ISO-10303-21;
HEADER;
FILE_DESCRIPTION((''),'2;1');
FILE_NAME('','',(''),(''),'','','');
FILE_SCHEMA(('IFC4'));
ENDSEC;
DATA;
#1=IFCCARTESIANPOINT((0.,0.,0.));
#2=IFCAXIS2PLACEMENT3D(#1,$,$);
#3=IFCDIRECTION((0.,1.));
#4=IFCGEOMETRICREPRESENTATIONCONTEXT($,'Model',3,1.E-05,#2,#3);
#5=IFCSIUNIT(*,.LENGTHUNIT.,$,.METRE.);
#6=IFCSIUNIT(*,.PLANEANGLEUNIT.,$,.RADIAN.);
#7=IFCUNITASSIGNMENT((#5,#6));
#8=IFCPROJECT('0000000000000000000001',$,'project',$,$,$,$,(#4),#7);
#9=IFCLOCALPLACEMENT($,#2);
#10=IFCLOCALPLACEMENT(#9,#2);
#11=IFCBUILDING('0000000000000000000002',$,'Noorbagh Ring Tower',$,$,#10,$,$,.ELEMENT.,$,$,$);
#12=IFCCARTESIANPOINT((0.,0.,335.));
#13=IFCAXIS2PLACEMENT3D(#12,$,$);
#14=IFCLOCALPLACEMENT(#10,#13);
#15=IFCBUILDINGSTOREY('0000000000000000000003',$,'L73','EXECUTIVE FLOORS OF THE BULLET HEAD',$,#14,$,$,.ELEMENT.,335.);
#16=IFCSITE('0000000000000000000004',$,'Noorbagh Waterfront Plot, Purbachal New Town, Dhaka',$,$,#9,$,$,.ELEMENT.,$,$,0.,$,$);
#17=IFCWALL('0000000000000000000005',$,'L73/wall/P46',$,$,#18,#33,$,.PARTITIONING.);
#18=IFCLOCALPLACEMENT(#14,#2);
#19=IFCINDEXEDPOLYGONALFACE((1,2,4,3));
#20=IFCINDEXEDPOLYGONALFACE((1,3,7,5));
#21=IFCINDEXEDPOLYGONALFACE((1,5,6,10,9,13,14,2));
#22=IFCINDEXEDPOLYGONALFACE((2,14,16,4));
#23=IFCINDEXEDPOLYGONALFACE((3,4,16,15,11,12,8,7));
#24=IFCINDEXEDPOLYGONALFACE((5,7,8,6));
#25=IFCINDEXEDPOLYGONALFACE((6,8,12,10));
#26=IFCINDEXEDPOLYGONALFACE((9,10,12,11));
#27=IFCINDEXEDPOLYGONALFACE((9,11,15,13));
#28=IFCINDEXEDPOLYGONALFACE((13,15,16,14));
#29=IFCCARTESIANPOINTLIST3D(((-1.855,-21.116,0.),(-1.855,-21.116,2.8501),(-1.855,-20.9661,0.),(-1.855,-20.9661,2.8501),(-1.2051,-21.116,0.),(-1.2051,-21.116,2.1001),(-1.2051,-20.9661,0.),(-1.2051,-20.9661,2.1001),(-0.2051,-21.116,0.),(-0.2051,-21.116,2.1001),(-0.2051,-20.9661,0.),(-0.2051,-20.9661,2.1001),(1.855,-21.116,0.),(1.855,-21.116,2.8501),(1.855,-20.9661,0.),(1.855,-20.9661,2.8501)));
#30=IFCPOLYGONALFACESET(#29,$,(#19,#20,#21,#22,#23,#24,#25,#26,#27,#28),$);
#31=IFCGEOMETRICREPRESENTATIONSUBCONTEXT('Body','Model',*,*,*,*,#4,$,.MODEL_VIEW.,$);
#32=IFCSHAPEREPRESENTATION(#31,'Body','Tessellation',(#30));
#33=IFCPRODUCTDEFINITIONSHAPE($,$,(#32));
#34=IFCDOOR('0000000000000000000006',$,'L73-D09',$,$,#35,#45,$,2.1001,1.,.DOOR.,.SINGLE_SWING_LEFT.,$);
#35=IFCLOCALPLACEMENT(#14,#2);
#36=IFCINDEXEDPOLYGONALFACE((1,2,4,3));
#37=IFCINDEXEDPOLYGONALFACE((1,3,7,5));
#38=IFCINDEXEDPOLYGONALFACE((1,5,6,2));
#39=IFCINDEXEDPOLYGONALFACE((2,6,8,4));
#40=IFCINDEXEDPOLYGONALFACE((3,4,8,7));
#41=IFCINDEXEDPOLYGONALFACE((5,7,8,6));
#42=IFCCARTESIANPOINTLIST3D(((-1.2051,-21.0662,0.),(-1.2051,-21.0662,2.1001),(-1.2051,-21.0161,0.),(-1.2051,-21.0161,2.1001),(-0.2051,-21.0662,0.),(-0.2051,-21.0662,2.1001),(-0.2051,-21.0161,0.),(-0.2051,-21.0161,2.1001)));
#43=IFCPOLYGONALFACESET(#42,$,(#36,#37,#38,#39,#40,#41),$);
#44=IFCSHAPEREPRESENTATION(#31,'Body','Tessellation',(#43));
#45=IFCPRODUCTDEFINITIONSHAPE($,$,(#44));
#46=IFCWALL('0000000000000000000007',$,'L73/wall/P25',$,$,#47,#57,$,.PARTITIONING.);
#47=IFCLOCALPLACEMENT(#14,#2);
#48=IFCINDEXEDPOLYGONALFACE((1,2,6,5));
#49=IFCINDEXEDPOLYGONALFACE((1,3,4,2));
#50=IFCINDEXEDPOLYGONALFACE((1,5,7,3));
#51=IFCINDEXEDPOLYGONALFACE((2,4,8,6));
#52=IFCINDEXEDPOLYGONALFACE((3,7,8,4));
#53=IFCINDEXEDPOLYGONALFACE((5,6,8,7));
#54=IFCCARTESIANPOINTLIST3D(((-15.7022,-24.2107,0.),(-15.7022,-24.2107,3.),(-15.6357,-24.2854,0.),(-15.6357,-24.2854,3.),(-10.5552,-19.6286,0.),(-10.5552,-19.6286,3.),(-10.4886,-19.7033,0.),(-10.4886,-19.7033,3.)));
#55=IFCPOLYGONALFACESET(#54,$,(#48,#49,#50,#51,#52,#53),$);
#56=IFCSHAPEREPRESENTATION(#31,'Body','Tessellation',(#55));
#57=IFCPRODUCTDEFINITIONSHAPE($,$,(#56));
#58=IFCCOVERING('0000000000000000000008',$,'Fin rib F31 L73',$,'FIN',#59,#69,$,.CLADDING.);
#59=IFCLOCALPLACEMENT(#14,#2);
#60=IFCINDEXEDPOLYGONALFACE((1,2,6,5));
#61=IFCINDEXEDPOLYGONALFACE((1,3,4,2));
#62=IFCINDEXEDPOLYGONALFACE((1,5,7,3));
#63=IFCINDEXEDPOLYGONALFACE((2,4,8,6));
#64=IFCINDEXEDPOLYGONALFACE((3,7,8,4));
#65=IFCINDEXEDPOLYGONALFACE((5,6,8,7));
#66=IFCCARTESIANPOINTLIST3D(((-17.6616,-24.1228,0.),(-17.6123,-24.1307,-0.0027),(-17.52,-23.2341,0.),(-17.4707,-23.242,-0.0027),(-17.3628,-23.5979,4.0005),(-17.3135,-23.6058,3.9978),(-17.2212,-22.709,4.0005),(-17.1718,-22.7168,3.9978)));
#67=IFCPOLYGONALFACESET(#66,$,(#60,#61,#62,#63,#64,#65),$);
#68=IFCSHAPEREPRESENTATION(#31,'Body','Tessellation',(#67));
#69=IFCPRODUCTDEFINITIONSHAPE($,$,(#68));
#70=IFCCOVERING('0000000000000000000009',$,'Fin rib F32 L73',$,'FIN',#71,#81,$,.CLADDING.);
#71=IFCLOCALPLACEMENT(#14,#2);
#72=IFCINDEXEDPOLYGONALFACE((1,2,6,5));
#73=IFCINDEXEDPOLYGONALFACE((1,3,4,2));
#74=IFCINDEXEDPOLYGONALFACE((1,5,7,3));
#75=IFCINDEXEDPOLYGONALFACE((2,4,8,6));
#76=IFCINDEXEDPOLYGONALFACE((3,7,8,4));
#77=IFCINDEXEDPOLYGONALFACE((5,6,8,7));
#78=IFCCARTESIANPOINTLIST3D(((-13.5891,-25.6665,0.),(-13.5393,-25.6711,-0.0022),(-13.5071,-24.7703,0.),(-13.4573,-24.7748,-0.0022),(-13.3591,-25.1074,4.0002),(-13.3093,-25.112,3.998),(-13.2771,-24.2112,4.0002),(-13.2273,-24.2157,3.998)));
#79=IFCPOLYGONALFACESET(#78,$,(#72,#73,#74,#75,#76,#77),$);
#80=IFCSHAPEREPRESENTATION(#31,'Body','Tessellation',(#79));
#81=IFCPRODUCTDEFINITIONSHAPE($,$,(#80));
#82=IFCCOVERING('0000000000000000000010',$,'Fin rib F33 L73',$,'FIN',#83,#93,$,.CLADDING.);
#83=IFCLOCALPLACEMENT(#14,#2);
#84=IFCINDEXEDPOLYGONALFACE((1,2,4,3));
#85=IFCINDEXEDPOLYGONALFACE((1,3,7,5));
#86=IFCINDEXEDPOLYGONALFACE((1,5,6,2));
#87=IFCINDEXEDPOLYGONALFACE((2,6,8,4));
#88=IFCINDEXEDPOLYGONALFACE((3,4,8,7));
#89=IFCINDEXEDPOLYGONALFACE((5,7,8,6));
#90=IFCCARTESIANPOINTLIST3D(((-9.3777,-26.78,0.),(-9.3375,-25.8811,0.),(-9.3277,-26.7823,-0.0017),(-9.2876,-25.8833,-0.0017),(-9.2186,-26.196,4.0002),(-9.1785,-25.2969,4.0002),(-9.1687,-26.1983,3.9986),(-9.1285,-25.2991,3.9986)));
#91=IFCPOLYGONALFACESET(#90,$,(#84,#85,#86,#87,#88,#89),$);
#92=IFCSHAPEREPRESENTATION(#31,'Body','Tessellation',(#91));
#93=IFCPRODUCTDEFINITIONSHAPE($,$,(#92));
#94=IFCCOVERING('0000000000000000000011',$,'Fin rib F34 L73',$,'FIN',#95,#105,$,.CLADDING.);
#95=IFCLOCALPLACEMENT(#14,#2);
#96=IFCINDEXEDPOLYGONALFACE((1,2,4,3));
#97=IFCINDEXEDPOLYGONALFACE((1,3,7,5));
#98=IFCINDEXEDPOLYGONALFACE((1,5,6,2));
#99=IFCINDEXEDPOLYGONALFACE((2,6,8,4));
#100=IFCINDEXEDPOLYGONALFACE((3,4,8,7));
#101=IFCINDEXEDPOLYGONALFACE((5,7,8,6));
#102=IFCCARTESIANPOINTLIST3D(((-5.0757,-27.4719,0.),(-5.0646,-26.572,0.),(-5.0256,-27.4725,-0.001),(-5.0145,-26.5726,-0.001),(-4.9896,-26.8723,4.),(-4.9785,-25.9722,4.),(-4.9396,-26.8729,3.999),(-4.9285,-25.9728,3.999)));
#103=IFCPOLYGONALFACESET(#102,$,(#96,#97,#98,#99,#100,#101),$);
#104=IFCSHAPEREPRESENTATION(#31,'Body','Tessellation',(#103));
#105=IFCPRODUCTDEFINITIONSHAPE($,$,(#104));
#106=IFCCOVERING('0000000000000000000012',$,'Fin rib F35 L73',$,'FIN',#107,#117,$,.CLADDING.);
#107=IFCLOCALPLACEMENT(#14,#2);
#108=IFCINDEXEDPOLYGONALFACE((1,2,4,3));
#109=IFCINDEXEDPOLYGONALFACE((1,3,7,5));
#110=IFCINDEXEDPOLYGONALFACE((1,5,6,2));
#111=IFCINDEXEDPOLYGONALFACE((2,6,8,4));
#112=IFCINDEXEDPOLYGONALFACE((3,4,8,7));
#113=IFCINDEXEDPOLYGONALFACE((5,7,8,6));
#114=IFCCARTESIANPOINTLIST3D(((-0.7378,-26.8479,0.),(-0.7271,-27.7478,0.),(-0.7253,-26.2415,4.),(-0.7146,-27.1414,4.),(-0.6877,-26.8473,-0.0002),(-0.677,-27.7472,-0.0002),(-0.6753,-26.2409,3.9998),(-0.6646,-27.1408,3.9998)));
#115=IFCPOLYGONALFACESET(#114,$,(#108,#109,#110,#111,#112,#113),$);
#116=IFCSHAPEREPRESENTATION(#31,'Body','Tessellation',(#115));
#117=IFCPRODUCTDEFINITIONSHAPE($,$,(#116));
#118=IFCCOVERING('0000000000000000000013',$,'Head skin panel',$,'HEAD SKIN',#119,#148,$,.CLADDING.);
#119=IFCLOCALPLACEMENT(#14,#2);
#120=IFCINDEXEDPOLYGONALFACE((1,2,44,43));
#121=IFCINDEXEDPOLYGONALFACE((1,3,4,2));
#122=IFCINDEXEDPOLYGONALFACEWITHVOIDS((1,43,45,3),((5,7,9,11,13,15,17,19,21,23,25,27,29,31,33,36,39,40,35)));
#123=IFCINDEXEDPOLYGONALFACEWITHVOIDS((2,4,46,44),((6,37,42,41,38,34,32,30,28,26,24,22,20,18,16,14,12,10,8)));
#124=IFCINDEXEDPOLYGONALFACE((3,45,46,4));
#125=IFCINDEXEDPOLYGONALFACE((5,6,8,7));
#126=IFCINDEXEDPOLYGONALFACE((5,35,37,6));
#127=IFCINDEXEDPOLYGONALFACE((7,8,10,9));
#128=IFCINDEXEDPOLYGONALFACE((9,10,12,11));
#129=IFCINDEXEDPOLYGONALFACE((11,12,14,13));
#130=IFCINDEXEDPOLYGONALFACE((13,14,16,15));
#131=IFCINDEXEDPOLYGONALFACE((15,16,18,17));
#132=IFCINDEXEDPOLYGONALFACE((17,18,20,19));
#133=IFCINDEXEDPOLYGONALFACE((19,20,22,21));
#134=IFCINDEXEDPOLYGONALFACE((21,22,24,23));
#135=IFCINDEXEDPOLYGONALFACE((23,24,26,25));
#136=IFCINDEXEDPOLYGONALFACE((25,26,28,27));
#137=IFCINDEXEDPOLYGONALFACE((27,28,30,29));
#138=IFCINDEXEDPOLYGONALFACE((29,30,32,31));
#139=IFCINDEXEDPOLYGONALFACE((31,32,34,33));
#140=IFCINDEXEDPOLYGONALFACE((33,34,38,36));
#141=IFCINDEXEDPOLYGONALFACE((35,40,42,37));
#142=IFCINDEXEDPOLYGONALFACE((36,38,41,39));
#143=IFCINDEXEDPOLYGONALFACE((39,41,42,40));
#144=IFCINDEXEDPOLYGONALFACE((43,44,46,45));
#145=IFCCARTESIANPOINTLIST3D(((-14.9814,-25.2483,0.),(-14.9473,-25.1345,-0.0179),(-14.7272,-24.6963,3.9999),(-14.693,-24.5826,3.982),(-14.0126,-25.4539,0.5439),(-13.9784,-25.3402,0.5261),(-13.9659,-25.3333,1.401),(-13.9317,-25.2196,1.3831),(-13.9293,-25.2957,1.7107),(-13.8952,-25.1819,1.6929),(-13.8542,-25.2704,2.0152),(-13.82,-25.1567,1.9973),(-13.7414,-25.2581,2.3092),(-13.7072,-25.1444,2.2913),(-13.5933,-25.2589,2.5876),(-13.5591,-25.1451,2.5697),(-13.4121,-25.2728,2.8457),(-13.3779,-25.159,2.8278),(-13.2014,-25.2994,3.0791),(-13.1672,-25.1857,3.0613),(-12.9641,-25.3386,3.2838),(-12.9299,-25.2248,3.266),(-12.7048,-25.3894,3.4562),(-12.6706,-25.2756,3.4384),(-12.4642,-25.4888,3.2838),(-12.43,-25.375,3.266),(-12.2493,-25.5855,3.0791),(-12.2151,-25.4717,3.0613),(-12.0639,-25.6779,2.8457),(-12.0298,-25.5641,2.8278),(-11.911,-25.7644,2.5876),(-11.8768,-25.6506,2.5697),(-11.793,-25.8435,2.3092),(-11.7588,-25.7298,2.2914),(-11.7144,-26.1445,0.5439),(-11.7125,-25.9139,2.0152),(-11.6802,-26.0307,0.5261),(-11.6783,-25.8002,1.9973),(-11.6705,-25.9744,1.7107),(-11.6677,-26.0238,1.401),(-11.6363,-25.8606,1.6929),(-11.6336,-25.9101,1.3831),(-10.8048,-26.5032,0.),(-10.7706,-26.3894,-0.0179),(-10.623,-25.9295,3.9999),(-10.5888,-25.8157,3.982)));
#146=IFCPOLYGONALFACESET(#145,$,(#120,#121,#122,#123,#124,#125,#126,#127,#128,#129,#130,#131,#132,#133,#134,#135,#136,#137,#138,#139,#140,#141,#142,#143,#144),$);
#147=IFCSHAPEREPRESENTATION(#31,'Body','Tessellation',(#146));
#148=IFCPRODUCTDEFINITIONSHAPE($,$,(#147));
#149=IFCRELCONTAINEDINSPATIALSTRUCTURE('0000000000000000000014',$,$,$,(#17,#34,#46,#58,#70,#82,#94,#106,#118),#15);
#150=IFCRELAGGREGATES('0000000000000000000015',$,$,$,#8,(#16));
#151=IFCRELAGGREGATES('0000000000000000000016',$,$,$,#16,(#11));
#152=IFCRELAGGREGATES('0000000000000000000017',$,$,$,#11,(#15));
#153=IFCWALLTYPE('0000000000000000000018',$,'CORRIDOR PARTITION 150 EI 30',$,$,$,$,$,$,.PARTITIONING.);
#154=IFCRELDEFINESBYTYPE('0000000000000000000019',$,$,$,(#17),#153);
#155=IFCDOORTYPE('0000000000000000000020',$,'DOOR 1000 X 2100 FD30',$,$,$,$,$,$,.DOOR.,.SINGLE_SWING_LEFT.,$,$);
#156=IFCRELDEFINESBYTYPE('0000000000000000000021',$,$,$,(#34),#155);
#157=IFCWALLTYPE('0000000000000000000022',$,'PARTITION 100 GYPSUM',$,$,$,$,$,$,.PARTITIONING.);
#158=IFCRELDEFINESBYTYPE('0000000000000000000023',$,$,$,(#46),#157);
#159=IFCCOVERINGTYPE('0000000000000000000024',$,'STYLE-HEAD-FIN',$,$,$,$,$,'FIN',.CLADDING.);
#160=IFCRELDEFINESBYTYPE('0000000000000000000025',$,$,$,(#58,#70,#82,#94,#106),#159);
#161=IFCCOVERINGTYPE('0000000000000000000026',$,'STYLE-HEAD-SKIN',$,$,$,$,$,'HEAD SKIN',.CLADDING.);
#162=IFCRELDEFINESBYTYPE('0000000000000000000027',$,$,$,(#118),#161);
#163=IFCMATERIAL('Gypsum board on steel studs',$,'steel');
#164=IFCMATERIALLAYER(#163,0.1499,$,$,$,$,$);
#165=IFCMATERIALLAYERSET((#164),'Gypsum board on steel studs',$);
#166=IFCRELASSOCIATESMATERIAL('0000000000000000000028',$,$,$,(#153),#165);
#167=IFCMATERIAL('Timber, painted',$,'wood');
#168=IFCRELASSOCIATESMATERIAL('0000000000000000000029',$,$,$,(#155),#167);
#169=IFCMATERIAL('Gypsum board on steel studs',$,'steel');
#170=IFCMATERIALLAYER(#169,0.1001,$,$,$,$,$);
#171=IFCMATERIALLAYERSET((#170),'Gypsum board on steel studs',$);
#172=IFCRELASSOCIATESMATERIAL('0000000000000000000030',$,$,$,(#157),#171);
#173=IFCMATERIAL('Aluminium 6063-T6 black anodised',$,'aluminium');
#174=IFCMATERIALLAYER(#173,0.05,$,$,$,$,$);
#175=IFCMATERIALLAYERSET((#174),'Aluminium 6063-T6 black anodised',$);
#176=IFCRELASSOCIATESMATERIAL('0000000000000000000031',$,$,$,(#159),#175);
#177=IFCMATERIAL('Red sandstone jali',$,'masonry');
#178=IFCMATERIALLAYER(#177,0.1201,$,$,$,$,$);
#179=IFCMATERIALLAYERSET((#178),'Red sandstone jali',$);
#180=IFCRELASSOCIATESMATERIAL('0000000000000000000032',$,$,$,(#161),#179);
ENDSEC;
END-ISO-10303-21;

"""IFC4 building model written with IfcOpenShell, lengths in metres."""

from ifc_helpers import new_model, si_unit, direction, frame, frame_2d, origin, place, context, subcontext, project, spatial, polyline, rectangle, outline, extrude, material, layer, layer_set, type_object, element, fill, save


model = new_model("IFC4")

# Units and contexts
model_context = context("Model", 3, precision=1e-05, world=origin(), true_north=direction((0.0, 1.0)))
body_context = subcontext(model_context, "Body", "Model", "MODEL_VIEW")
ifc_project = project(units=[si_unit("LENGTHUNIT", "METRE"), si_unit("PLANEANGLEUNIT", "RADIAN")], contexts=[model_context])

# Site, building, storey
site_placement = place(None, origin())
site = spatial("IfcSite", under=ifc_project, at=site_placement, Name="Noorbagh Waterfront Plot, Purbachal New Town, Dhaka", CompositionType="ELEMENT", RefElevation=0.0)
building_placement = place(site_placement, origin())
building = spatial("IfcBuilding", under=site, at=building_placement, Name="Noorbagh Ring Tower", CompositionType="ELEMENT")
storey_placement = place(building_placement, frame((0.0, 0.0, 335.0)))
storey = spatial("IfcBuildingStorey", under=building, at=storey_placement, Name="L73", Description="EXECUTIVE FLOORS OF THE BULLET HEAD", CompositionType="ELEMENT", Elevation=335.0)

# Shared definitions
ifc_material_1 = material(Name="Gypsum board on steel studs", Category="steel")
ifc_layer_1 = layer(ifc_material_1, 0.1499)
ifc_layer_set_1 = layer_set([ifc_layer_1], Name="Gypsum board on steel studs")
wall_type_1 = type_object("IfcWallType", Name="CORRIDOR PARTITION 150 EI 30", PredefinedType="PARTITIONING", material=ifc_layer_set_1)

# Wall, opening, door
wall_1_placement = place(storey_placement, frame((-1.855, -21.041, 0.0), z_axis=(0.0, 0.0, 1.0), x_axis=(1.0, 0.0, 0.0)))
wall_1 = element("IfcWall", 1, at=wall_1_placement, inside=storey, type_object=wall_type_1, Name="L73/wall/P46", PredefinedType="PARTITIONING", context=body_context, shape_type="SweptSolid", body=[
    extrude(rectangle(XDim=3.71, YDim=0.1499, at=frame_2d((1.855, 0.0))), origin(), (0.0, 0.0, 1.0), 2.8501),
])
opening_placement = place(wall_1_placement, frame((0.6499, 0.0, 0.0)))
opening = element("IfcOpeningElement", 2, at=opening_placement, cuts=wall_1, PredefinedType="OPENING", context=body_context, shape_type="SweptSolid", body=[
    extrude(rectangle(XDim=1.0, YDim=2.1001, at=frame_2d((0.5, 1.05))), frame((0.0, 0.085, 0.0), z_axis=(0.0, -1.0, 0.0), x_axis=(1.0, 0.0, 0.0)), (0.0, 0.0, 1.0), 0.1699),
])
ifc_material_2 = material(Name="Timber, painted", Category="wood")
door_type = type_object("IfcDoorType", Name="DOOR 1000 X 2100 FD30", OperationType="SINGLE_SWING_LEFT", PredefinedType="DOOR", material=ifc_material_2)
door_placement = place(opening_placement, origin())
door = element("IfcDoor", 3, at=door_placement, inside=storey, type_object=door_type, Name="L73-D09", OperationType="SINGLE_SWING_LEFT", OverallHeight=2.1001, OverallWidth=1.0, PredefinedType="DOOR", context=body_context, shape_type="SweptSolid", body=[
    extrude(rectangle(XDim=1.0, YDim=2.1001, at=frame_2d((0.5, 1.05))), frame((0.0, 0.0249, 0.0), z_axis=(0.0, -1.0, 0.0), x_axis=(1.0, 0.0, 0.0)), (0.0, 0.0, 1.0), 0.05),
])
fill(opening, door)

# Wall
ifc_material_3 = material(Name="Gypsum board on steel studs", Category="steel")
ifc_layer_2 = layer(ifc_material_3, 0.1001)
ifc_layer_set_2 = layer_set([ifc_layer_2], Name="Gypsum board on steel studs")
wall_type_2 = type_object("IfcWallType", Name="PARTITION 100 GYPSUM", PredefinedType="PARTITIONING", material=ifc_layer_set_2)
wall_2_placement = place(storey_placement, frame((-15.6689, -24.248, 0.0), z_axis=(0.0, 0.0, 1.0), x_axis=(0.746909, 0.664927, 0.0)))
element("IfcWall", 4, at=wall_2_placement, inside=storey, type_object=wall_type_2, Name="L73/wall/P25", PredefinedType="PARTITIONING", context=body_context, shape_type="SweptSolid", body=[
    extrude(rectangle(XDim=6.8911, YDim=0.1001, at=frame_2d((3.4456, 0.0))), origin(), (0.0, 0.0, 1.0), 3.0),
])

# Coverings
ifc_material_4 = material(Name="Aluminium 6063-T6 black anodised", Category="aluminium")
ifc_layer_3 = layer(ifc_material_4, 0.05)
ifc_layer_set_3 = layer_set([ifc_layer_3], Name="Aluminium 6063-T6 black anodised")
covering_type_1 = type_object("IfcCoveringType", Name="STYLE-HEAD-FIN", ElementType="FIN", PredefinedType="CLADDING", material=ifc_layer_set_3)
covering_1_placement = place(storey_placement, frame((-17.6616, -24.1228, 0.0), z_axis=(-0.986155, 0.157113, 0.053044), x_axis=(0.073856, 0.12974, 0.988794)))
element("IfcCovering", 5, at=covering_1_placement, inside=storey, type_object=covering_type_1, Name="Fin rib F31 L73", ObjectType="FIN", PredefinedType="CLADDING", context=body_context, shape_type="SweptSolid", body=[
    extrude(outline(polyline([(0.0, 0.0), (4.0458, 0.0), (4.1716, 0.8913), (0.1258, 0.8911), (0.0, 0.0)])), origin(), (0.0, 0.0, -1.0), 0.05),
])
covering_2_placement = place(storey_placement, frame((-13.5891, -25.6665, 0.0), z_axis=(-0.994852, 0.091057, 0.044469), x_axis=(0.056846, 0.138193, 0.988773)))
element("IfcCovering", 6, at=covering_2_placement, inside=storey, type_object=covering_type_1, Name="Fin rib F32 L73", ObjectType="FIN", PredefinedType="CLADDING", context=body_context, shape_type="SweptSolid", body=[
    extrude(outline(polyline([(0.0, 0.0), (4.0457, 0.0), (4.1742, 0.8908), (0.1285, 0.8908), (0.0, 0.0)])), origin(), (0.0, 0.0, -1.0), 0.05),
])
covering_3_placement = place(storey_placement, frame((-9.3777, -26.78, 0.0), z_axis=(-0.998453, 0.044602, 0.033188), x_axis=(0.039313, 0.144346, 0.988746)))
element("IfcCovering", 7, at=covering_3_placement, inside=storey, type_object=covering_type_1, Name="Fin rib F33 L73", ObjectType="FIN", PredefinedType="CLADDING", context=body_context, shape_type="SweptSolid", body=[
    extrude(outline(polyline([(0.0, 0.0), (4.0458, 0.0), (4.1771, 0.8904), (0.1313, 0.8902), (0.0, 0.0)])), origin(), (0.0, 0.0, -1.0), 0.05),
])
covering_4_placement = place(storey_placement, frame((-5.0757, -27.4719, 0.0), z_axis=(-0.999731, 0.012339, 0.019659), x_axis=(0.021272, 0.148213, 0.988727)))
element("IfcCovering", 8, at=covering_4_placement, inside=storey, type_object=covering_type_1, Name="Fin rib F34 L73", ObjectType="FIN", PredefinedType="CLADDING", context=body_context, shape_type="SweptSolid", body=[
    extrude(outline(polyline([(0.0, 0.0), (4.0456, 0.0), (4.1793, 0.8902), (0.1336, 0.89), (0.0, 0.0)])), origin(), (0.0, 0.0, -1.0), 0.05),
])
covering_5_placement = place(storey_placement, frame((-0.7271, -27.7478, 0.0), z_axis=(-0.999917, -0.011936, 0.004922), x_axis=(0.003078, 0.149898, 0.988697)))
element("IfcCovering", 9, at=covering_5_placement, inside=storey, type_object=covering_type_1, Name="Fin rib F35 L73", ObjectType="FIN", PredefinedType="CLADDING", context=body_context, shape_type="SweptSolid", body=[
    extrude(outline(polyline([(0.0, 0.0), (4.0457, 0.0), (4.1806, 0.8898), (0.1349, 0.8898), (0.0, 0.0)])), origin(), (0.0, 0.0, -1.0), 0.05),
])
ifc_material_5 = material(Name="Red sandstone jali", Category="masonry")
ifc_layer_4 = layer(ifc_material_5, 0.1201)
ifc_layer_set_4 = layer_set([ifc_layer_4], Name="Red sandstone jali")
covering_type_2 = type_object("IfcCoveringType", Name="STYLE-HEAD-SKIN", ElementType="HEAD SKIN", PredefinedType="CLADDING", material=ifc_layer_set_4)
covering_6_placement = place(storey_placement, frame((-14.9814, -25.2483, 0.0), z_axis=(-0.28455, -0.947047, 0.148774), x_axis=(0.957705, -0.287752, 0.000002)))
element("IfcCovering", 10, at=covering_6_placement, inside=storey, type_object=covering_type_2, Name="Head skin panel", ObjectType="HEAD SKIN", PredefinedType="CLADDING", context=body_context, shape_type="SweptSolid", body=[
    extrude(outline(polyline([(0.0, 0.0), (4.3611, 0.0), (4.3701, 4.0449), (0.0847, 4.0449), (0.0, 0.0)]), holes=[polyline([(0.9871, 0.55), (0.9971, 1.4167), (1.0212, 1.73), (1.0859, 2.0378), (1.1904, 2.3352), (1.3325, 2.6167), (1.51, 2.8777), (1.7195, 3.1138), (1.958, 3.3208), (2.2209, 3.4951), (2.48, 3.3208), (2.7136, 3.1138), (2.9177, 2.8777), (3.0891, 2.6167), (3.2249, 2.3352), (3.3223, 2.0378), (3.3799, 1.73), (3.3967, 1.4167), (3.3867, 0.55), (0.9871, 0.55)])]), origin(), (0.0, 0.0, -1.0), 0.1201),
])

save(model, "model.ifc")
